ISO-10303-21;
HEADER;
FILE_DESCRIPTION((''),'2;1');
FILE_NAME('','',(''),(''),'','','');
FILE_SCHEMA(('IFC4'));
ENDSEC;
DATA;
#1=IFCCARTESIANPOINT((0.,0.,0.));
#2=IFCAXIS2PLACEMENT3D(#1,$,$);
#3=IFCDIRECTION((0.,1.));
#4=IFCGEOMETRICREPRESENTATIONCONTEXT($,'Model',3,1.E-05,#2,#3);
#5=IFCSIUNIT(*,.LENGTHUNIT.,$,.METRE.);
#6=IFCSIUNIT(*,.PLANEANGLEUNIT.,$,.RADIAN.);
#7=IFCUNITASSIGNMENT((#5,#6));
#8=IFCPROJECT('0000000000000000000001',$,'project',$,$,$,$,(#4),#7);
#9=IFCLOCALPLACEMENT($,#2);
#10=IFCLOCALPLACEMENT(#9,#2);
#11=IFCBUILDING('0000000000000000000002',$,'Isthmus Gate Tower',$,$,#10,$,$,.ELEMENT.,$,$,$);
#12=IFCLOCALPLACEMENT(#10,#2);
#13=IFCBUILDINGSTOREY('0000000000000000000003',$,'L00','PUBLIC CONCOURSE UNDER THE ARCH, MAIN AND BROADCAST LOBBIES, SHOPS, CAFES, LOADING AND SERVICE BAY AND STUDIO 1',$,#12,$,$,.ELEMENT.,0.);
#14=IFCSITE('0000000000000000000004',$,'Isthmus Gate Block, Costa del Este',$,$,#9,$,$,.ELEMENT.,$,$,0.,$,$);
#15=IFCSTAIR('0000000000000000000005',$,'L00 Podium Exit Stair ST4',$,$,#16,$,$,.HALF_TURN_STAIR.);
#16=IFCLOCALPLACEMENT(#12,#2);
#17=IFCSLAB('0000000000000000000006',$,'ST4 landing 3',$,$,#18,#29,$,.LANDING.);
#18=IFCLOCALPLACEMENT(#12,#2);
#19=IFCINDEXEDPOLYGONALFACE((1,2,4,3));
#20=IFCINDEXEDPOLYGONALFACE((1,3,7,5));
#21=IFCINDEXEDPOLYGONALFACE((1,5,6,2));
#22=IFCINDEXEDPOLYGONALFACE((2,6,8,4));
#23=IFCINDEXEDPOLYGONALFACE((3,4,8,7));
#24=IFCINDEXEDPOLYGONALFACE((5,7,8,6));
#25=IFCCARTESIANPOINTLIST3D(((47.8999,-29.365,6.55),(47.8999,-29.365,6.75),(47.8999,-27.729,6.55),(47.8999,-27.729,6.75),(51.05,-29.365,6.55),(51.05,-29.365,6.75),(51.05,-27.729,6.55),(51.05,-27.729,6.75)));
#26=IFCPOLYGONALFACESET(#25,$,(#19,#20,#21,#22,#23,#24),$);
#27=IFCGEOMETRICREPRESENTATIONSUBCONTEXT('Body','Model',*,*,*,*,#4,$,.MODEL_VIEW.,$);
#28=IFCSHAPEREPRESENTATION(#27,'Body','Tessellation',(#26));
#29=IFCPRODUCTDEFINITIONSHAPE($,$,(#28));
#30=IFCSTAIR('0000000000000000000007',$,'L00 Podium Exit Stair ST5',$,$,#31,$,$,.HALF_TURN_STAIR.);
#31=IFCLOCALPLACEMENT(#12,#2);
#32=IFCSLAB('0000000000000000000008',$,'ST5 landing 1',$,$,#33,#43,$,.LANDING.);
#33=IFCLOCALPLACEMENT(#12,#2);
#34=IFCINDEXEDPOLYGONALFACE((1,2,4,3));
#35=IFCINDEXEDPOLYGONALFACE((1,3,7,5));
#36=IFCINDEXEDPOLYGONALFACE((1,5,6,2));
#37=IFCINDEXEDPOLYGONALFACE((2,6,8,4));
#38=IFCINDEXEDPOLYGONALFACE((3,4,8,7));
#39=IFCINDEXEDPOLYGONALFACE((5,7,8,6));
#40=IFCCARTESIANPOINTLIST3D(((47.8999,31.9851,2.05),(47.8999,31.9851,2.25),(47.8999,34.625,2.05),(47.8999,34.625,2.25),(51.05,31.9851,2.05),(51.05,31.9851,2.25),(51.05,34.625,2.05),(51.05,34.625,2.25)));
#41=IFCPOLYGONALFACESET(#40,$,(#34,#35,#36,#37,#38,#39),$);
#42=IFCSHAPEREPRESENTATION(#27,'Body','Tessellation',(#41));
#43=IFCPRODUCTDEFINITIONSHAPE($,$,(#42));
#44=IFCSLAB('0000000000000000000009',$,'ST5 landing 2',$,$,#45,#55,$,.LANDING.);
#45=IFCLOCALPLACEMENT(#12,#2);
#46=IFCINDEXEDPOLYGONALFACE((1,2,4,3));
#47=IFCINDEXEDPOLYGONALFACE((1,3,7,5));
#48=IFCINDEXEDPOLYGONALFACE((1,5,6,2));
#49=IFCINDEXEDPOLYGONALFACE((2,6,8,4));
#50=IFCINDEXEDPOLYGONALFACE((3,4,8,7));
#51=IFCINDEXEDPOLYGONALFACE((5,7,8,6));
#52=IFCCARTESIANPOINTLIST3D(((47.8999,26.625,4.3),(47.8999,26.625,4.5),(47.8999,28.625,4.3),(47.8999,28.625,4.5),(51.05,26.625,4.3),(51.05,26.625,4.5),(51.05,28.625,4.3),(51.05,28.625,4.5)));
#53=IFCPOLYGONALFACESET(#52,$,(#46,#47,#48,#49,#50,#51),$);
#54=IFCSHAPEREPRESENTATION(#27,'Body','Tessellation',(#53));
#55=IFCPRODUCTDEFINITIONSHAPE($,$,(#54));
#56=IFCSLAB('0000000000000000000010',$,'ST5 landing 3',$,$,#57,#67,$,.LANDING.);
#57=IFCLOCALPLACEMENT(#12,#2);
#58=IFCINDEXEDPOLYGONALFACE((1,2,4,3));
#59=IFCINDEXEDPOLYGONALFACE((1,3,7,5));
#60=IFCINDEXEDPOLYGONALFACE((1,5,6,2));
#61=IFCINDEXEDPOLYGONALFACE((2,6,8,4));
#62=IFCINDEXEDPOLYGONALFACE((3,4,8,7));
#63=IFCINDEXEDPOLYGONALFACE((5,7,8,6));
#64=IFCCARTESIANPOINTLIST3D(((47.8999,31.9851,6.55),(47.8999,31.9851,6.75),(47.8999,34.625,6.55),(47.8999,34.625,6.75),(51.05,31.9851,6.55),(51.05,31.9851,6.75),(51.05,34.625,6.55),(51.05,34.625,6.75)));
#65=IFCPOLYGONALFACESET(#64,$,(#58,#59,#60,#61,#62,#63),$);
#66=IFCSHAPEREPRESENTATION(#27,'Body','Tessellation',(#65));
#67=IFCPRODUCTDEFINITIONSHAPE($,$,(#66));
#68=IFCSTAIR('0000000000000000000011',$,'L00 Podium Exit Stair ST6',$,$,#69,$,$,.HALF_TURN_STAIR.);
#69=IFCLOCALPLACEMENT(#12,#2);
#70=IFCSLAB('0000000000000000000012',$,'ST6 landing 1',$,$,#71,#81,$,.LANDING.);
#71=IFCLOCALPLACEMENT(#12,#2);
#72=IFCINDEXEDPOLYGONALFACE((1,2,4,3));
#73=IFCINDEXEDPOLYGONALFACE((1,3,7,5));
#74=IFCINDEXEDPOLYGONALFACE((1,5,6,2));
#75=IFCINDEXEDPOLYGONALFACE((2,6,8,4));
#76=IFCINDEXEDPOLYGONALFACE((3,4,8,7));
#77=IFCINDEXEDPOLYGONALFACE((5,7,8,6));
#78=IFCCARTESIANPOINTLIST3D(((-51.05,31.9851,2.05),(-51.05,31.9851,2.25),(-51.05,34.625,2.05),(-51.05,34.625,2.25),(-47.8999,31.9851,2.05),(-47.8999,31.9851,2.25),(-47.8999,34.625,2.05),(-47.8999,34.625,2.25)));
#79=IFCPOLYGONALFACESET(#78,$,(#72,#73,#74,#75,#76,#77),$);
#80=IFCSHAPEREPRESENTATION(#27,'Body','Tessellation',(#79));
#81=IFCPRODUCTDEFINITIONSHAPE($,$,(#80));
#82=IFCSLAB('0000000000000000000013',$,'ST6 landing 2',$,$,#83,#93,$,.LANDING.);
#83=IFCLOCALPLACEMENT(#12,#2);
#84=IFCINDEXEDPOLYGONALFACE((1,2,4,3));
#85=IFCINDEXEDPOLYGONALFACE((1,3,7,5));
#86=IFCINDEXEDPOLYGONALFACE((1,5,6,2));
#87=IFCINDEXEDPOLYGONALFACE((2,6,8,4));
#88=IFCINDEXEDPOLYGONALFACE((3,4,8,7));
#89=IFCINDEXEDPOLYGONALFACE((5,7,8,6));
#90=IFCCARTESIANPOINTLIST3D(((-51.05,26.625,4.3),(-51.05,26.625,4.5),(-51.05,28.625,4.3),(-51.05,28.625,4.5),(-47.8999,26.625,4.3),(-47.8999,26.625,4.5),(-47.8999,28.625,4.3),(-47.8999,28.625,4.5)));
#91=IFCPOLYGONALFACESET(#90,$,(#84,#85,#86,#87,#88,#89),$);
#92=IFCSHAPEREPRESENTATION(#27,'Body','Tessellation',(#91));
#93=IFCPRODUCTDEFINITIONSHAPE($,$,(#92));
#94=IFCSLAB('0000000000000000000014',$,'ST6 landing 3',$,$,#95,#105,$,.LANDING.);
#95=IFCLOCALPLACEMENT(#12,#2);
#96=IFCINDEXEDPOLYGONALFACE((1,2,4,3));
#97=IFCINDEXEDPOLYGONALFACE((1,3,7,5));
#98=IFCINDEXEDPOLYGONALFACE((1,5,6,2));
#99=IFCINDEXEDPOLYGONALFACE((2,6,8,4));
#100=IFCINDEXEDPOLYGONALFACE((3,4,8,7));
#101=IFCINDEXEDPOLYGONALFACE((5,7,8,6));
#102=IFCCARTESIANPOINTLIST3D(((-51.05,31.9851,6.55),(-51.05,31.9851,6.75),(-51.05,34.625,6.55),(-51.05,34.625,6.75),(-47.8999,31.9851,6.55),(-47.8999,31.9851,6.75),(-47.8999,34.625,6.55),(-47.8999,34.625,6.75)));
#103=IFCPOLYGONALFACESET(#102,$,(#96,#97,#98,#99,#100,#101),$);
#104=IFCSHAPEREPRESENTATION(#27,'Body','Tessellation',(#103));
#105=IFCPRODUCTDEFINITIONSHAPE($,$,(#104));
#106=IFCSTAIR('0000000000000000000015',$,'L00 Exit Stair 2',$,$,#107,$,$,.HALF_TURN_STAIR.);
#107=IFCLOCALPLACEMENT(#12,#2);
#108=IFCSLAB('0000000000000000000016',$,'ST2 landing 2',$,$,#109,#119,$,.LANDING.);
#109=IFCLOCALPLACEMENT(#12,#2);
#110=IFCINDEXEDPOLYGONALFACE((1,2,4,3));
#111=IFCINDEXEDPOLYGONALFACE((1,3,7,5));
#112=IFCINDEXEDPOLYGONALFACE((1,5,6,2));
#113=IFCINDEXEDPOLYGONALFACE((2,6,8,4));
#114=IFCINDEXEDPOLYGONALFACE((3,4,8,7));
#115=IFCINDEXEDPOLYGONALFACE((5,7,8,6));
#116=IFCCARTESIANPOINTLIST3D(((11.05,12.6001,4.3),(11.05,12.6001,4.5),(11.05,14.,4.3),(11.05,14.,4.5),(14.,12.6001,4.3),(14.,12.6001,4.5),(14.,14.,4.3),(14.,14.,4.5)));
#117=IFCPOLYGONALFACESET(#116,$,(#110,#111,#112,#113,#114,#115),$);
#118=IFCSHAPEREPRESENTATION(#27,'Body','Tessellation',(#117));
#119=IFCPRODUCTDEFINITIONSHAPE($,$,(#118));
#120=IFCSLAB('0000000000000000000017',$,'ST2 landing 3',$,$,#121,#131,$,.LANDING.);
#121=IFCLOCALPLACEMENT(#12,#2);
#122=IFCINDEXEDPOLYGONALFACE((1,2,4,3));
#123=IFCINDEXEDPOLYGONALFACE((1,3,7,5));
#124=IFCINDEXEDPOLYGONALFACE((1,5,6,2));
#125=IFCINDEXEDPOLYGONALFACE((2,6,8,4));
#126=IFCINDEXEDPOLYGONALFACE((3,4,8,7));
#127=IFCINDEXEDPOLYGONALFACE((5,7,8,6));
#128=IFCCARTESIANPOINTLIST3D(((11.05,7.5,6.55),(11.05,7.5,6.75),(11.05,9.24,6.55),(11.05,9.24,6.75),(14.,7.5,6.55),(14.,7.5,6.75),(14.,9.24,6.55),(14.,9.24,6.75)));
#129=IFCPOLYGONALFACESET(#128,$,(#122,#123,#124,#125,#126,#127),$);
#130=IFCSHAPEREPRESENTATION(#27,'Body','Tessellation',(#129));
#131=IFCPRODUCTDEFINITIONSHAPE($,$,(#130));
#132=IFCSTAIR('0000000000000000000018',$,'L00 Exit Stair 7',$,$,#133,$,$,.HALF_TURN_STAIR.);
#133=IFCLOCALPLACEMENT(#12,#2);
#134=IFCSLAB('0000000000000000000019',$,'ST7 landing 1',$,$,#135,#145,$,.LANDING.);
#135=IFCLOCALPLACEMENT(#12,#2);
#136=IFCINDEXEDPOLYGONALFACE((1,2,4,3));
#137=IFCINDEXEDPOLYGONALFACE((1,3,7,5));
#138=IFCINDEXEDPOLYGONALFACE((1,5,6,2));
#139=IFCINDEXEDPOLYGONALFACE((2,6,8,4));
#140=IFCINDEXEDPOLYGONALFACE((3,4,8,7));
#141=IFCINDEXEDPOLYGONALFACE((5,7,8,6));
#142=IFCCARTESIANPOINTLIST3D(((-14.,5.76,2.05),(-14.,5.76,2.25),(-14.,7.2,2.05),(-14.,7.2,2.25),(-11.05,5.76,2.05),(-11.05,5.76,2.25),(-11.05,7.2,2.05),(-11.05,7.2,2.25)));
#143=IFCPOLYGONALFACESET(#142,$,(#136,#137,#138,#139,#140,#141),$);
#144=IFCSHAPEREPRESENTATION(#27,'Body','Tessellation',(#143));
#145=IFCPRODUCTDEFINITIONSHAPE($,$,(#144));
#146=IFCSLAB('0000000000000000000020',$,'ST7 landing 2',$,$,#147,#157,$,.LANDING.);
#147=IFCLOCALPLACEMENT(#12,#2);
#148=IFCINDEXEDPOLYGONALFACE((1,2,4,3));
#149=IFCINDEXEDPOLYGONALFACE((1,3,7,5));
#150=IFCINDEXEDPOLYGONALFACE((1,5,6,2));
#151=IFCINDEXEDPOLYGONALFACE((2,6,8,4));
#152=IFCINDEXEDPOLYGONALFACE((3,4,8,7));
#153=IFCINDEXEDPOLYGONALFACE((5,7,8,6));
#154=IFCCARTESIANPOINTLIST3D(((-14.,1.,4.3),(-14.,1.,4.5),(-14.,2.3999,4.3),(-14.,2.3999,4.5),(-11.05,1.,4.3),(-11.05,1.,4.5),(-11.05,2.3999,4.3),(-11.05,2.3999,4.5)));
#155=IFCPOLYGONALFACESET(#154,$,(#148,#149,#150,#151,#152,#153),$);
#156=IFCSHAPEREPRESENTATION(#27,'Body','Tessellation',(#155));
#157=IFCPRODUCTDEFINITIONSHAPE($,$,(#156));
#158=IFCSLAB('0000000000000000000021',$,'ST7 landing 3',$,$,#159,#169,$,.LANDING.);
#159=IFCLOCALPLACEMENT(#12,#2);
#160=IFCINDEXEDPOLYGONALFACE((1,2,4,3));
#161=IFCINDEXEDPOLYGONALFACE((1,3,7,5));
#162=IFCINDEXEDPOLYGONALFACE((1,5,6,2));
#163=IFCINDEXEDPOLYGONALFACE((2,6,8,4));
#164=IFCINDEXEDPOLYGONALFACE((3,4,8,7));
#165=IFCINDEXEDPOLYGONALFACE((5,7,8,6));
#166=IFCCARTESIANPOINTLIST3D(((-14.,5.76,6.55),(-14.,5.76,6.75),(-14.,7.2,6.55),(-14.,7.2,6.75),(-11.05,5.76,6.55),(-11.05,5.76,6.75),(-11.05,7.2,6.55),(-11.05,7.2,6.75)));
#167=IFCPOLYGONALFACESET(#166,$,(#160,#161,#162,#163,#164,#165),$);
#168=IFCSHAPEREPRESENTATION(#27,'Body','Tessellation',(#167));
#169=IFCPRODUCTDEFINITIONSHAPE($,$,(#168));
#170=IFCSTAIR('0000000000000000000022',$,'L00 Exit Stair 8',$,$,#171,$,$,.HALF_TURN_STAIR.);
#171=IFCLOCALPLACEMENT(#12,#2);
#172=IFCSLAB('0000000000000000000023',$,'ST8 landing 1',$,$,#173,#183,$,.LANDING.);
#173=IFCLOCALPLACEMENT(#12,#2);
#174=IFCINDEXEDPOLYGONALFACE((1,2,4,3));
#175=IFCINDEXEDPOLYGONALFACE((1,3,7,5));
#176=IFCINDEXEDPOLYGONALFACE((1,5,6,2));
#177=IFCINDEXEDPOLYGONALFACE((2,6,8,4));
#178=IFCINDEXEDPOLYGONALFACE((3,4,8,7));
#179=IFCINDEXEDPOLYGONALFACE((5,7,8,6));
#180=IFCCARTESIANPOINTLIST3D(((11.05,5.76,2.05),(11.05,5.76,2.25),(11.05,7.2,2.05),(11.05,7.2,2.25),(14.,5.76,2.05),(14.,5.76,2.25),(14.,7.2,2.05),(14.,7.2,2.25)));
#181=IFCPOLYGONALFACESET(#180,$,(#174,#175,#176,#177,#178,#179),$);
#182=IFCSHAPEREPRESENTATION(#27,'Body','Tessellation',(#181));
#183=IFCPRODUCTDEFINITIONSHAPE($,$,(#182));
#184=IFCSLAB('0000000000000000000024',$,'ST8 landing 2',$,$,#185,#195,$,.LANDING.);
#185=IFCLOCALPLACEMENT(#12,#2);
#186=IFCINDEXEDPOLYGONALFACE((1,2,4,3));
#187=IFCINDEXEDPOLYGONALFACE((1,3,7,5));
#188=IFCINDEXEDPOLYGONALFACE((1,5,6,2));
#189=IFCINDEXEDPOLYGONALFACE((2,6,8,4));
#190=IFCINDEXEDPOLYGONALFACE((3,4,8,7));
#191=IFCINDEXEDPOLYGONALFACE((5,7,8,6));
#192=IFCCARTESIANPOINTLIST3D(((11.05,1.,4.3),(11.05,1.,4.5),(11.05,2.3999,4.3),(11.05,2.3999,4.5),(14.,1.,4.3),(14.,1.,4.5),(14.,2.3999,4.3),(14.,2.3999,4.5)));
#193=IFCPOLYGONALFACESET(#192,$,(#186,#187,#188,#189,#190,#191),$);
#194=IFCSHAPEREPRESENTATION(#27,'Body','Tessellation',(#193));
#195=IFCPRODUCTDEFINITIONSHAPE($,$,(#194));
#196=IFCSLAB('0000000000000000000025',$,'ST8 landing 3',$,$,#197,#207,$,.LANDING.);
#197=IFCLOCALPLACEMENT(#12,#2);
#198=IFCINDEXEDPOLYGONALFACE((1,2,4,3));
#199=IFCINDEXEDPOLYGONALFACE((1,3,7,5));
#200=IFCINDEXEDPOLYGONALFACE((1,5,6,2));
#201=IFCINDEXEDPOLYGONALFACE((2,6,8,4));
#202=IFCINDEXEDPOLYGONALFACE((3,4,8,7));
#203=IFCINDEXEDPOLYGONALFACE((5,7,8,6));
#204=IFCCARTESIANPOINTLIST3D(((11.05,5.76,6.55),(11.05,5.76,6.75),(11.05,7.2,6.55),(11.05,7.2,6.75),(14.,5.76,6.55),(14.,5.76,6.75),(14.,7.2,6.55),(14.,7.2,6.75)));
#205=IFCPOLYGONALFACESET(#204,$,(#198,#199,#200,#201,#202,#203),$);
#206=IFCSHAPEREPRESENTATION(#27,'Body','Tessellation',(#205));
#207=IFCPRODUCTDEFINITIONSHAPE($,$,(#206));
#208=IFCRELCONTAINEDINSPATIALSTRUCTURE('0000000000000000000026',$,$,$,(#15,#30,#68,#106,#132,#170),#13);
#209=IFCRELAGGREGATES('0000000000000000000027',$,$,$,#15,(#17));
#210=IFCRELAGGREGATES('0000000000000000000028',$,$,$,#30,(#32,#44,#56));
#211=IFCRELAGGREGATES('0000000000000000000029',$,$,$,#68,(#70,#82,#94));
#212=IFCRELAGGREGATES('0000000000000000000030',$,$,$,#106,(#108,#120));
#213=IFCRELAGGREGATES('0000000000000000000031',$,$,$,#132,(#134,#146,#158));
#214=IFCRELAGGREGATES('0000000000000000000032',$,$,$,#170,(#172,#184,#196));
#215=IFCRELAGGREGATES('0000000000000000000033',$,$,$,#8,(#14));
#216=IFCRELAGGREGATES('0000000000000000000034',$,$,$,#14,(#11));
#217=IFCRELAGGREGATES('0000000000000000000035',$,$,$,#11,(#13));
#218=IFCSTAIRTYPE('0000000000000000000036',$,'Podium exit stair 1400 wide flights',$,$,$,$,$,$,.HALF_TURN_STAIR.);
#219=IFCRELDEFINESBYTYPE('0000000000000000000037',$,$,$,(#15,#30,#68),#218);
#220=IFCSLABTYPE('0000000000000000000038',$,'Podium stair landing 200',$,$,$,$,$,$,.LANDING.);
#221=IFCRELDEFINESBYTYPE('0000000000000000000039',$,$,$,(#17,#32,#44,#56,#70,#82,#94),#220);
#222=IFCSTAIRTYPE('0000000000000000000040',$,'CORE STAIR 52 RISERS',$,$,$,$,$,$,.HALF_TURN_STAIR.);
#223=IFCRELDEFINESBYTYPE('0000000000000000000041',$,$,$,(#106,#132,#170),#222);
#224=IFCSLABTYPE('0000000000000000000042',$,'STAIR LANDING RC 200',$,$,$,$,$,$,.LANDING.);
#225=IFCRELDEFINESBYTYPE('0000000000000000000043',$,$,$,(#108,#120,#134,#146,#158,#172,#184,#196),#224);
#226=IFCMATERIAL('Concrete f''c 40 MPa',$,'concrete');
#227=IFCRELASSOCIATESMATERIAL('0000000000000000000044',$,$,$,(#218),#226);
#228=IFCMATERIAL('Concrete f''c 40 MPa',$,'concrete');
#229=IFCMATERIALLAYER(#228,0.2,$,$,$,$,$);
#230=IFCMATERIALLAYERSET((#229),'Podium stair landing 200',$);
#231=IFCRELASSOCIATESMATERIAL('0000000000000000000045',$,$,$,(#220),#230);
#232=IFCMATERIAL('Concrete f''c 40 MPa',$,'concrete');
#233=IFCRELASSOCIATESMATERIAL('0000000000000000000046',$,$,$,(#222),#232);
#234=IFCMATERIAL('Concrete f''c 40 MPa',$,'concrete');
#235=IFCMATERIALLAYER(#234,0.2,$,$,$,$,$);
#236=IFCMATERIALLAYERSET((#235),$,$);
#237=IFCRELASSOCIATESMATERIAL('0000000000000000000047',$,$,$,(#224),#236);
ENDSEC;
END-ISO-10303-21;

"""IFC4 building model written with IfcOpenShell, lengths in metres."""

from ifc_helpers import new_model, si_unit, direction, frame, origin, place, context, subcontext, project, spatial, polyline, outline, extrude, material, layer, layer_set, type_object, element, aggregate, save


model = new_model("IFC4")

# Units and contexts
model_context = context("Model", 3, precision=1e-05, world=origin(), true_north=direction((0.0, 1.0)))
body_context = subcontext(model_context, "Body", "Model", "MODEL_VIEW")
ifc_project = project(units=[si_unit("LENGTHUNIT", "METRE"), si_unit("PLANEANGLEUNIT", "RADIAN")], contexts=[model_context])

# Site, building, storey
site_placement = place(None, origin())
site = spatial("IfcSite", under=ifc_project, at=site_placement, Name="Isthmus Gate Block, Costa del Este", CompositionType="ELEMENT", RefElevation=0.0)
building_placement = place(site_placement, origin())
building = spatial("IfcBuilding", under=site, at=building_placement, Name="Isthmus Gate Tower", CompositionType="ELEMENT")
storey_placement = place(building_placement, origin())
storey = spatial("IfcBuildingStorey", under=building, at=storey_placement, Name="L00", Description="PUBLIC CONCOURSE UNDER THE ARCH, MAIN AND BROADCAST LOBBIES, SHOPS, CAFES, LOADING AND SERVICE BAY AND STUDIO 1", CompositionType="ELEMENT", Elevation=0.0)

# Stairs, slabs
ifc_material_1 = material(Name="Concrete f'c 40 MPa", Category="concrete")
stair_type_1 = type_object("IfcStairType", Name="Podium exit stair 1400 wide flights", PredefinedType="HALF_TURN_STAIR", material=ifc_material_1)
ifc_material_2 = material(Name="Concrete f'c 40 MPa", Category="concrete")
ifc_layer_1 = layer(ifc_material_2, 0.2)
ifc_layer_set_1 = layer_set([ifc_layer_1], Name="Podium stair landing 200")
slab_type_1 = type_object("IfcSlabType", Name="Podium stair landing 200", PredefinedType="LANDING", material=ifc_layer_set_1)
stair_1_placement = place(storey_placement, origin())
stair_1 = element("IfcStair", 1, at=stair_1_placement, inside=storey, type_object=stair_type_1, Name="L00 Podium Exit Stair ST4", PredefinedType="HALF_TURN_STAIR")
slab_1_placement = place(storey_placement, frame((0.0, 0.0, 6.55)))
slab_1 = element("IfcSlab", 2, at=slab_1_placement, type_object=slab_type_1, Name="ST4 landing 3", PredefinedType="LANDING", context=body_context, shape_type="SweptSolid", body=[
    extrude(outline(polyline([(51.05, -29.365), (51.05, -27.729), (47.8999, -27.729), (47.8999, -29.365), (51.05, -29.365)])), origin(), (0.0, 0.0, 1.0), 0.2),
])
aggregate(stair_1, [slab_1])
stair_2_placement = place(storey_placement, origin())
stair_2 = element("IfcStair", 3, at=stair_2_placement, inside=storey, type_object=stair_type_1, Name="L00 Podium Exit Stair ST5", PredefinedType="HALF_TURN_STAIR")
slab_2_placement = place(storey_placement, frame((0.0, 0.0, 2.05)))
slab_2 = element("IfcSlab", 4, at=slab_2_placement, type_object=slab_type_1, Name="ST5 landing 1", PredefinedType="LANDING", context=body_context, shape_type="SweptSolid", body=[
    extrude(outline(polyline([(51.05, 31.9851), (51.05, 34.625), (47.8999, 34.625), (47.8999, 31.9851), (51.05, 31.9851)])), origin(), (0.0, 0.0, 1.0), 0.2),
])
slab_3_placement = place(storey_placement, frame((0.0, 0.0, 4.3)))
slab_3 = element("IfcSlab", 5, at=slab_3_placement, type_object=slab_type_1, Name="ST5 landing 2", PredefinedType="LANDING", context=body_context, shape_type="SweptSolid", body=[
    extrude(outline(polyline([(51.05, 26.625), (51.05, 28.625), (47.8999, 28.625), (47.8999, 26.625), (51.05, 26.625)])), origin(), (0.0, 0.0, 1.0), 0.2),
])
slab_4_placement = place(storey_placement, frame((0.0, 0.0, 6.55)))
slab_4 = element("IfcSlab", 6, at=slab_4_placement, type_object=slab_type_1, Name="ST5 landing 3", PredefinedType="LANDING", context=body_context, shape_type="SweptSolid", body=[
    extrude(outline(polyline([(51.05, 31.9851), (51.05, 34.625), (47.8999, 34.625), (47.8999, 31.9851), (51.05, 31.9851)])), origin(), (0.0, 0.0, 1.0), 0.2),
])
aggregate(stair_2, [slab_2, slab_3, slab_4])
stair_3_placement = place(storey_placement, origin())
stair_3 = element("IfcStair", 7, at=stair_3_placement, inside=storey, type_object=stair_type_1, Name="L00 Podium Exit Stair ST6", PredefinedType="HALF_TURN_STAIR")
slab_5_placement = place(storey_placement, frame((0.0, 0.0, 2.05)))
slab_5 = element("IfcSlab", 8, at=slab_5_placement, type_object=slab_type_1, Name="ST6 landing 1", PredefinedType="LANDING", context=body_context, shape_type="SweptSolid", body=[
    extrude(outline(polyline([(-47.8999, 31.9851), (-47.8999, 34.625), (-51.05, 34.625), (-51.05, 31.9851), (-47.8999, 31.9851)])), origin(), (0.0, 0.0, 1.0), 0.2),
])
slab_6_placement = place(storey_placement, frame((0.0, 0.0, 4.3)))
slab_6 = element("IfcSlab", 9, at=slab_6_placement, type_object=slab_type_1, Name="ST6 landing 2", PredefinedType="LANDING", context=body_context, shape_type="SweptSolid", body=[
    extrude(outline(polyline([(-47.8999, 26.625), (-47.8999, 28.625), (-51.05, 28.625), (-51.05, 26.625), (-47.8999, 26.625)])), origin(), (0.0, 0.0, 1.0), 0.2),
])
slab_7_placement = place(storey_placement, frame((0.0, 0.0, 6.55)))
slab_7 = element("IfcSlab", 10, at=slab_7_placement, type_object=slab_type_1, Name="ST6 landing 3", PredefinedType="LANDING", context=body_context, shape_type="SweptSolid", body=[
    extrude(outline(polyline([(-47.8999, 31.9851), (-47.8999, 34.625), (-51.05, 34.625), (-51.05, 31.9851), (-47.8999, 31.9851)])), origin(), (0.0, 0.0, 1.0), 0.2),
])
aggregate(stair_3, [slab_5, slab_6, slab_7])
ifc_material_3 = material(Name="Concrete f'c 40 MPa", Category="concrete")
stair_type_2 = type_object("IfcStairType", Name="CORE STAIR 52 RISERS", PredefinedType="HALF_TURN_STAIR", material=ifc_material_3)
stair_4_placement = place(storey_placement, origin())
stair_4 = element("IfcStair", 11, at=stair_4_placement, inside=storey, type_object=stair_type_2, Name="L00 Exit Stair 2", PredefinedType="HALF_TURN_STAIR")
ifc_material_4 = material(Name="Concrete f'c 40 MPa", Category="concrete")
ifc_layer_2 = layer(ifc_material_4, 0.2)
ifc_layer_set_2 = layer_set([ifc_layer_2])
slab_type_2 = type_object("IfcSlabType", Name="STAIR LANDING RC 200", PredefinedType="LANDING", material=ifc_layer_set_2)
slab_8_placement = place(storey_placement, frame((0.0, 0.0, 4.3)))
slab_8 = element("IfcSlab", 12, at=slab_8_placement, type_object=slab_type_2, Name="ST2 landing 2", PredefinedType="LANDING", context=body_context, shape_type="SweptSolid", body=[
    extrude(outline(polyline([(11.05, 14.0), (11.05, 12.6001), (14.0, 12.6001), (14.0, 14.0), (11.05, 14.0)])), origin(), (0.0, 0.0, 1.0), 0.2),
])
slab_9_placement = place(storey_placement, frame((0.0, 0.0, 6.55)))
slab_9 = element("IfcSlab", 13, at=slab_9_placement, type_object=slab_type_2, Name="ST2 landing 3", PredefinedType="LANDING", context=body_context, shape_type="SweptSolid", body=[
    extrude(outline(polyline([(11.05, 9.24), (11.05, 7.5), (14.0, 7.5), (14.0, 9.24), (11.05, 9.24)])), origin(), (0.0, 0.0, 1.0), 0.2),
])
aggregate(stair_4, [slab_8, slab_9])
stair_5_placement = place(storey_placement, origin())
stair_5 = element("IfcStair", 14, at=stair_5_placement, inside=storey, type_object=stair_type_2, Name="L00 Exit Stair 7", PredefinedType="HALF_TURN_STAIR")
slab_10_placement = place(storey_placement, frame((0.0, 0.0, 2.05)))
slab_10 = element("IfcSlab", 15, at=slab_10_placement, type_object=slab_type_2, Name="ST7 landing 1", PredefinedType="LANDING", context=body_context, shape_type="SweptSolid", body=[
    extrude(outline(polyline([(-11.05, 5.76), (-11.05, 7.2), (-14.0, 7.2), (-14.0, 5.76), (-11.05, 5.76)])), origin(), (0.0, 0.0, 1.0), 0.2),
])
slab_11_placement = place(storey_placement, frame((0.0, 0.0, 4.3)))
slab_11 = element("IfcSlab", 16, at=slab_11_placement, type_object=slab_type_2, Name="ST7 landing 2", PredefinedType="LANDING", context=body_context, shape_type="SweptSolid", body=[
    extrude(outline(polyline([(-11.05, 1.0), (-11.05, 2.3999), (-14.0, 2.3999), (-14.0, 1.0), (-11.05, 1.0)])), origin(), (0.0, 0.0, 1.0), 0.2),
])
slab_12_placement = place(storey_placement, frame((0.0, 0.0, 6.55)))
slab_12 = element("IfcSlab", 17, at=slab_12_placement, type_object=slab_type_2, Name="ST7 landing 3", PredefinedType="LANDING", context=body_context, shape_type="SweptSolid", body=[
    extrude(outline(polyline([(-11.05, 5.76), (-11.05, 7.2), (-14.0, 7.2), (-14.0, 5.76), (-11.05, 5.76)])), origin(), (0.0, 0.0, 1.0), 0.2),
])
aggregate(stair_5, [slab_10, slab_11, slab_12])
stair_6_placement = place(storey_placement, origin())
stair_6 = element("IfcStair", 18, at=stair_6_placement, inside=storey, type_object=stair_type_2, Name="L00 Exit Stair 8", PredefinedType="HALF_TURN_STAIR")
slab_13_placement = place(storey_placement, frame((0.0, 0.0, 2.05)))
slab_13 = element("IfcSlab", 19, at=slab_13_placement, type_object=slab_type_2, Name="ST8 landing 1", PredefinedType="LANDING", context=body_context, shape_type="SweptSolid", body=[
    extrude(outline(polyline([(14.0, 5.76), (14.0, 7.2), (11.05, 7.2), (11.05, 5.76), (14.0, 5.76)])), origin(), (0.0, 0.0, 1.0), 0.2),
])
slab_14_placement = place(storey_placement, frame((0.0, 0.0, 4.3)))
slab_14 = element("IfcSlab", 20, at=slab_14_placement, type_object=slab_type_2, Name="ST8 landing 2", PredefinedType="LANDING", context=body_context, shape_type="SweptSolid", body=[
    extrude(outline(polyline([(14.0, 1.0), (14.0, 2.3999), (11.05, 2.3999), (11.05, 1.0), (14.0, 1.0)])), origin(), (0.0, 0.0, 1.0), 0.2),
])
slab_15_placement = place(storey_placement, frame((0.0, 0.0, 6.55)))
slab_15 = element("IfcSlab", 21, at=slab_15_placement, type_object=slab_type_2, Name="ST8 landing 3", PredefinedType="LANDING", context=body_context, shape_type="SweptSolid", body=[
    extrude(outline(polyline([(14.0, 5.76), (14.0, 7.2), (11.05, 7.2), (11.05, 5.76), (14.0, 5.76)])), origin(), (0.0, 0.0, 1.0), 0.2),
])
aggregate(stair_6, [slab_13, slab_14, slab_15])

save(model, "model.ifc")
